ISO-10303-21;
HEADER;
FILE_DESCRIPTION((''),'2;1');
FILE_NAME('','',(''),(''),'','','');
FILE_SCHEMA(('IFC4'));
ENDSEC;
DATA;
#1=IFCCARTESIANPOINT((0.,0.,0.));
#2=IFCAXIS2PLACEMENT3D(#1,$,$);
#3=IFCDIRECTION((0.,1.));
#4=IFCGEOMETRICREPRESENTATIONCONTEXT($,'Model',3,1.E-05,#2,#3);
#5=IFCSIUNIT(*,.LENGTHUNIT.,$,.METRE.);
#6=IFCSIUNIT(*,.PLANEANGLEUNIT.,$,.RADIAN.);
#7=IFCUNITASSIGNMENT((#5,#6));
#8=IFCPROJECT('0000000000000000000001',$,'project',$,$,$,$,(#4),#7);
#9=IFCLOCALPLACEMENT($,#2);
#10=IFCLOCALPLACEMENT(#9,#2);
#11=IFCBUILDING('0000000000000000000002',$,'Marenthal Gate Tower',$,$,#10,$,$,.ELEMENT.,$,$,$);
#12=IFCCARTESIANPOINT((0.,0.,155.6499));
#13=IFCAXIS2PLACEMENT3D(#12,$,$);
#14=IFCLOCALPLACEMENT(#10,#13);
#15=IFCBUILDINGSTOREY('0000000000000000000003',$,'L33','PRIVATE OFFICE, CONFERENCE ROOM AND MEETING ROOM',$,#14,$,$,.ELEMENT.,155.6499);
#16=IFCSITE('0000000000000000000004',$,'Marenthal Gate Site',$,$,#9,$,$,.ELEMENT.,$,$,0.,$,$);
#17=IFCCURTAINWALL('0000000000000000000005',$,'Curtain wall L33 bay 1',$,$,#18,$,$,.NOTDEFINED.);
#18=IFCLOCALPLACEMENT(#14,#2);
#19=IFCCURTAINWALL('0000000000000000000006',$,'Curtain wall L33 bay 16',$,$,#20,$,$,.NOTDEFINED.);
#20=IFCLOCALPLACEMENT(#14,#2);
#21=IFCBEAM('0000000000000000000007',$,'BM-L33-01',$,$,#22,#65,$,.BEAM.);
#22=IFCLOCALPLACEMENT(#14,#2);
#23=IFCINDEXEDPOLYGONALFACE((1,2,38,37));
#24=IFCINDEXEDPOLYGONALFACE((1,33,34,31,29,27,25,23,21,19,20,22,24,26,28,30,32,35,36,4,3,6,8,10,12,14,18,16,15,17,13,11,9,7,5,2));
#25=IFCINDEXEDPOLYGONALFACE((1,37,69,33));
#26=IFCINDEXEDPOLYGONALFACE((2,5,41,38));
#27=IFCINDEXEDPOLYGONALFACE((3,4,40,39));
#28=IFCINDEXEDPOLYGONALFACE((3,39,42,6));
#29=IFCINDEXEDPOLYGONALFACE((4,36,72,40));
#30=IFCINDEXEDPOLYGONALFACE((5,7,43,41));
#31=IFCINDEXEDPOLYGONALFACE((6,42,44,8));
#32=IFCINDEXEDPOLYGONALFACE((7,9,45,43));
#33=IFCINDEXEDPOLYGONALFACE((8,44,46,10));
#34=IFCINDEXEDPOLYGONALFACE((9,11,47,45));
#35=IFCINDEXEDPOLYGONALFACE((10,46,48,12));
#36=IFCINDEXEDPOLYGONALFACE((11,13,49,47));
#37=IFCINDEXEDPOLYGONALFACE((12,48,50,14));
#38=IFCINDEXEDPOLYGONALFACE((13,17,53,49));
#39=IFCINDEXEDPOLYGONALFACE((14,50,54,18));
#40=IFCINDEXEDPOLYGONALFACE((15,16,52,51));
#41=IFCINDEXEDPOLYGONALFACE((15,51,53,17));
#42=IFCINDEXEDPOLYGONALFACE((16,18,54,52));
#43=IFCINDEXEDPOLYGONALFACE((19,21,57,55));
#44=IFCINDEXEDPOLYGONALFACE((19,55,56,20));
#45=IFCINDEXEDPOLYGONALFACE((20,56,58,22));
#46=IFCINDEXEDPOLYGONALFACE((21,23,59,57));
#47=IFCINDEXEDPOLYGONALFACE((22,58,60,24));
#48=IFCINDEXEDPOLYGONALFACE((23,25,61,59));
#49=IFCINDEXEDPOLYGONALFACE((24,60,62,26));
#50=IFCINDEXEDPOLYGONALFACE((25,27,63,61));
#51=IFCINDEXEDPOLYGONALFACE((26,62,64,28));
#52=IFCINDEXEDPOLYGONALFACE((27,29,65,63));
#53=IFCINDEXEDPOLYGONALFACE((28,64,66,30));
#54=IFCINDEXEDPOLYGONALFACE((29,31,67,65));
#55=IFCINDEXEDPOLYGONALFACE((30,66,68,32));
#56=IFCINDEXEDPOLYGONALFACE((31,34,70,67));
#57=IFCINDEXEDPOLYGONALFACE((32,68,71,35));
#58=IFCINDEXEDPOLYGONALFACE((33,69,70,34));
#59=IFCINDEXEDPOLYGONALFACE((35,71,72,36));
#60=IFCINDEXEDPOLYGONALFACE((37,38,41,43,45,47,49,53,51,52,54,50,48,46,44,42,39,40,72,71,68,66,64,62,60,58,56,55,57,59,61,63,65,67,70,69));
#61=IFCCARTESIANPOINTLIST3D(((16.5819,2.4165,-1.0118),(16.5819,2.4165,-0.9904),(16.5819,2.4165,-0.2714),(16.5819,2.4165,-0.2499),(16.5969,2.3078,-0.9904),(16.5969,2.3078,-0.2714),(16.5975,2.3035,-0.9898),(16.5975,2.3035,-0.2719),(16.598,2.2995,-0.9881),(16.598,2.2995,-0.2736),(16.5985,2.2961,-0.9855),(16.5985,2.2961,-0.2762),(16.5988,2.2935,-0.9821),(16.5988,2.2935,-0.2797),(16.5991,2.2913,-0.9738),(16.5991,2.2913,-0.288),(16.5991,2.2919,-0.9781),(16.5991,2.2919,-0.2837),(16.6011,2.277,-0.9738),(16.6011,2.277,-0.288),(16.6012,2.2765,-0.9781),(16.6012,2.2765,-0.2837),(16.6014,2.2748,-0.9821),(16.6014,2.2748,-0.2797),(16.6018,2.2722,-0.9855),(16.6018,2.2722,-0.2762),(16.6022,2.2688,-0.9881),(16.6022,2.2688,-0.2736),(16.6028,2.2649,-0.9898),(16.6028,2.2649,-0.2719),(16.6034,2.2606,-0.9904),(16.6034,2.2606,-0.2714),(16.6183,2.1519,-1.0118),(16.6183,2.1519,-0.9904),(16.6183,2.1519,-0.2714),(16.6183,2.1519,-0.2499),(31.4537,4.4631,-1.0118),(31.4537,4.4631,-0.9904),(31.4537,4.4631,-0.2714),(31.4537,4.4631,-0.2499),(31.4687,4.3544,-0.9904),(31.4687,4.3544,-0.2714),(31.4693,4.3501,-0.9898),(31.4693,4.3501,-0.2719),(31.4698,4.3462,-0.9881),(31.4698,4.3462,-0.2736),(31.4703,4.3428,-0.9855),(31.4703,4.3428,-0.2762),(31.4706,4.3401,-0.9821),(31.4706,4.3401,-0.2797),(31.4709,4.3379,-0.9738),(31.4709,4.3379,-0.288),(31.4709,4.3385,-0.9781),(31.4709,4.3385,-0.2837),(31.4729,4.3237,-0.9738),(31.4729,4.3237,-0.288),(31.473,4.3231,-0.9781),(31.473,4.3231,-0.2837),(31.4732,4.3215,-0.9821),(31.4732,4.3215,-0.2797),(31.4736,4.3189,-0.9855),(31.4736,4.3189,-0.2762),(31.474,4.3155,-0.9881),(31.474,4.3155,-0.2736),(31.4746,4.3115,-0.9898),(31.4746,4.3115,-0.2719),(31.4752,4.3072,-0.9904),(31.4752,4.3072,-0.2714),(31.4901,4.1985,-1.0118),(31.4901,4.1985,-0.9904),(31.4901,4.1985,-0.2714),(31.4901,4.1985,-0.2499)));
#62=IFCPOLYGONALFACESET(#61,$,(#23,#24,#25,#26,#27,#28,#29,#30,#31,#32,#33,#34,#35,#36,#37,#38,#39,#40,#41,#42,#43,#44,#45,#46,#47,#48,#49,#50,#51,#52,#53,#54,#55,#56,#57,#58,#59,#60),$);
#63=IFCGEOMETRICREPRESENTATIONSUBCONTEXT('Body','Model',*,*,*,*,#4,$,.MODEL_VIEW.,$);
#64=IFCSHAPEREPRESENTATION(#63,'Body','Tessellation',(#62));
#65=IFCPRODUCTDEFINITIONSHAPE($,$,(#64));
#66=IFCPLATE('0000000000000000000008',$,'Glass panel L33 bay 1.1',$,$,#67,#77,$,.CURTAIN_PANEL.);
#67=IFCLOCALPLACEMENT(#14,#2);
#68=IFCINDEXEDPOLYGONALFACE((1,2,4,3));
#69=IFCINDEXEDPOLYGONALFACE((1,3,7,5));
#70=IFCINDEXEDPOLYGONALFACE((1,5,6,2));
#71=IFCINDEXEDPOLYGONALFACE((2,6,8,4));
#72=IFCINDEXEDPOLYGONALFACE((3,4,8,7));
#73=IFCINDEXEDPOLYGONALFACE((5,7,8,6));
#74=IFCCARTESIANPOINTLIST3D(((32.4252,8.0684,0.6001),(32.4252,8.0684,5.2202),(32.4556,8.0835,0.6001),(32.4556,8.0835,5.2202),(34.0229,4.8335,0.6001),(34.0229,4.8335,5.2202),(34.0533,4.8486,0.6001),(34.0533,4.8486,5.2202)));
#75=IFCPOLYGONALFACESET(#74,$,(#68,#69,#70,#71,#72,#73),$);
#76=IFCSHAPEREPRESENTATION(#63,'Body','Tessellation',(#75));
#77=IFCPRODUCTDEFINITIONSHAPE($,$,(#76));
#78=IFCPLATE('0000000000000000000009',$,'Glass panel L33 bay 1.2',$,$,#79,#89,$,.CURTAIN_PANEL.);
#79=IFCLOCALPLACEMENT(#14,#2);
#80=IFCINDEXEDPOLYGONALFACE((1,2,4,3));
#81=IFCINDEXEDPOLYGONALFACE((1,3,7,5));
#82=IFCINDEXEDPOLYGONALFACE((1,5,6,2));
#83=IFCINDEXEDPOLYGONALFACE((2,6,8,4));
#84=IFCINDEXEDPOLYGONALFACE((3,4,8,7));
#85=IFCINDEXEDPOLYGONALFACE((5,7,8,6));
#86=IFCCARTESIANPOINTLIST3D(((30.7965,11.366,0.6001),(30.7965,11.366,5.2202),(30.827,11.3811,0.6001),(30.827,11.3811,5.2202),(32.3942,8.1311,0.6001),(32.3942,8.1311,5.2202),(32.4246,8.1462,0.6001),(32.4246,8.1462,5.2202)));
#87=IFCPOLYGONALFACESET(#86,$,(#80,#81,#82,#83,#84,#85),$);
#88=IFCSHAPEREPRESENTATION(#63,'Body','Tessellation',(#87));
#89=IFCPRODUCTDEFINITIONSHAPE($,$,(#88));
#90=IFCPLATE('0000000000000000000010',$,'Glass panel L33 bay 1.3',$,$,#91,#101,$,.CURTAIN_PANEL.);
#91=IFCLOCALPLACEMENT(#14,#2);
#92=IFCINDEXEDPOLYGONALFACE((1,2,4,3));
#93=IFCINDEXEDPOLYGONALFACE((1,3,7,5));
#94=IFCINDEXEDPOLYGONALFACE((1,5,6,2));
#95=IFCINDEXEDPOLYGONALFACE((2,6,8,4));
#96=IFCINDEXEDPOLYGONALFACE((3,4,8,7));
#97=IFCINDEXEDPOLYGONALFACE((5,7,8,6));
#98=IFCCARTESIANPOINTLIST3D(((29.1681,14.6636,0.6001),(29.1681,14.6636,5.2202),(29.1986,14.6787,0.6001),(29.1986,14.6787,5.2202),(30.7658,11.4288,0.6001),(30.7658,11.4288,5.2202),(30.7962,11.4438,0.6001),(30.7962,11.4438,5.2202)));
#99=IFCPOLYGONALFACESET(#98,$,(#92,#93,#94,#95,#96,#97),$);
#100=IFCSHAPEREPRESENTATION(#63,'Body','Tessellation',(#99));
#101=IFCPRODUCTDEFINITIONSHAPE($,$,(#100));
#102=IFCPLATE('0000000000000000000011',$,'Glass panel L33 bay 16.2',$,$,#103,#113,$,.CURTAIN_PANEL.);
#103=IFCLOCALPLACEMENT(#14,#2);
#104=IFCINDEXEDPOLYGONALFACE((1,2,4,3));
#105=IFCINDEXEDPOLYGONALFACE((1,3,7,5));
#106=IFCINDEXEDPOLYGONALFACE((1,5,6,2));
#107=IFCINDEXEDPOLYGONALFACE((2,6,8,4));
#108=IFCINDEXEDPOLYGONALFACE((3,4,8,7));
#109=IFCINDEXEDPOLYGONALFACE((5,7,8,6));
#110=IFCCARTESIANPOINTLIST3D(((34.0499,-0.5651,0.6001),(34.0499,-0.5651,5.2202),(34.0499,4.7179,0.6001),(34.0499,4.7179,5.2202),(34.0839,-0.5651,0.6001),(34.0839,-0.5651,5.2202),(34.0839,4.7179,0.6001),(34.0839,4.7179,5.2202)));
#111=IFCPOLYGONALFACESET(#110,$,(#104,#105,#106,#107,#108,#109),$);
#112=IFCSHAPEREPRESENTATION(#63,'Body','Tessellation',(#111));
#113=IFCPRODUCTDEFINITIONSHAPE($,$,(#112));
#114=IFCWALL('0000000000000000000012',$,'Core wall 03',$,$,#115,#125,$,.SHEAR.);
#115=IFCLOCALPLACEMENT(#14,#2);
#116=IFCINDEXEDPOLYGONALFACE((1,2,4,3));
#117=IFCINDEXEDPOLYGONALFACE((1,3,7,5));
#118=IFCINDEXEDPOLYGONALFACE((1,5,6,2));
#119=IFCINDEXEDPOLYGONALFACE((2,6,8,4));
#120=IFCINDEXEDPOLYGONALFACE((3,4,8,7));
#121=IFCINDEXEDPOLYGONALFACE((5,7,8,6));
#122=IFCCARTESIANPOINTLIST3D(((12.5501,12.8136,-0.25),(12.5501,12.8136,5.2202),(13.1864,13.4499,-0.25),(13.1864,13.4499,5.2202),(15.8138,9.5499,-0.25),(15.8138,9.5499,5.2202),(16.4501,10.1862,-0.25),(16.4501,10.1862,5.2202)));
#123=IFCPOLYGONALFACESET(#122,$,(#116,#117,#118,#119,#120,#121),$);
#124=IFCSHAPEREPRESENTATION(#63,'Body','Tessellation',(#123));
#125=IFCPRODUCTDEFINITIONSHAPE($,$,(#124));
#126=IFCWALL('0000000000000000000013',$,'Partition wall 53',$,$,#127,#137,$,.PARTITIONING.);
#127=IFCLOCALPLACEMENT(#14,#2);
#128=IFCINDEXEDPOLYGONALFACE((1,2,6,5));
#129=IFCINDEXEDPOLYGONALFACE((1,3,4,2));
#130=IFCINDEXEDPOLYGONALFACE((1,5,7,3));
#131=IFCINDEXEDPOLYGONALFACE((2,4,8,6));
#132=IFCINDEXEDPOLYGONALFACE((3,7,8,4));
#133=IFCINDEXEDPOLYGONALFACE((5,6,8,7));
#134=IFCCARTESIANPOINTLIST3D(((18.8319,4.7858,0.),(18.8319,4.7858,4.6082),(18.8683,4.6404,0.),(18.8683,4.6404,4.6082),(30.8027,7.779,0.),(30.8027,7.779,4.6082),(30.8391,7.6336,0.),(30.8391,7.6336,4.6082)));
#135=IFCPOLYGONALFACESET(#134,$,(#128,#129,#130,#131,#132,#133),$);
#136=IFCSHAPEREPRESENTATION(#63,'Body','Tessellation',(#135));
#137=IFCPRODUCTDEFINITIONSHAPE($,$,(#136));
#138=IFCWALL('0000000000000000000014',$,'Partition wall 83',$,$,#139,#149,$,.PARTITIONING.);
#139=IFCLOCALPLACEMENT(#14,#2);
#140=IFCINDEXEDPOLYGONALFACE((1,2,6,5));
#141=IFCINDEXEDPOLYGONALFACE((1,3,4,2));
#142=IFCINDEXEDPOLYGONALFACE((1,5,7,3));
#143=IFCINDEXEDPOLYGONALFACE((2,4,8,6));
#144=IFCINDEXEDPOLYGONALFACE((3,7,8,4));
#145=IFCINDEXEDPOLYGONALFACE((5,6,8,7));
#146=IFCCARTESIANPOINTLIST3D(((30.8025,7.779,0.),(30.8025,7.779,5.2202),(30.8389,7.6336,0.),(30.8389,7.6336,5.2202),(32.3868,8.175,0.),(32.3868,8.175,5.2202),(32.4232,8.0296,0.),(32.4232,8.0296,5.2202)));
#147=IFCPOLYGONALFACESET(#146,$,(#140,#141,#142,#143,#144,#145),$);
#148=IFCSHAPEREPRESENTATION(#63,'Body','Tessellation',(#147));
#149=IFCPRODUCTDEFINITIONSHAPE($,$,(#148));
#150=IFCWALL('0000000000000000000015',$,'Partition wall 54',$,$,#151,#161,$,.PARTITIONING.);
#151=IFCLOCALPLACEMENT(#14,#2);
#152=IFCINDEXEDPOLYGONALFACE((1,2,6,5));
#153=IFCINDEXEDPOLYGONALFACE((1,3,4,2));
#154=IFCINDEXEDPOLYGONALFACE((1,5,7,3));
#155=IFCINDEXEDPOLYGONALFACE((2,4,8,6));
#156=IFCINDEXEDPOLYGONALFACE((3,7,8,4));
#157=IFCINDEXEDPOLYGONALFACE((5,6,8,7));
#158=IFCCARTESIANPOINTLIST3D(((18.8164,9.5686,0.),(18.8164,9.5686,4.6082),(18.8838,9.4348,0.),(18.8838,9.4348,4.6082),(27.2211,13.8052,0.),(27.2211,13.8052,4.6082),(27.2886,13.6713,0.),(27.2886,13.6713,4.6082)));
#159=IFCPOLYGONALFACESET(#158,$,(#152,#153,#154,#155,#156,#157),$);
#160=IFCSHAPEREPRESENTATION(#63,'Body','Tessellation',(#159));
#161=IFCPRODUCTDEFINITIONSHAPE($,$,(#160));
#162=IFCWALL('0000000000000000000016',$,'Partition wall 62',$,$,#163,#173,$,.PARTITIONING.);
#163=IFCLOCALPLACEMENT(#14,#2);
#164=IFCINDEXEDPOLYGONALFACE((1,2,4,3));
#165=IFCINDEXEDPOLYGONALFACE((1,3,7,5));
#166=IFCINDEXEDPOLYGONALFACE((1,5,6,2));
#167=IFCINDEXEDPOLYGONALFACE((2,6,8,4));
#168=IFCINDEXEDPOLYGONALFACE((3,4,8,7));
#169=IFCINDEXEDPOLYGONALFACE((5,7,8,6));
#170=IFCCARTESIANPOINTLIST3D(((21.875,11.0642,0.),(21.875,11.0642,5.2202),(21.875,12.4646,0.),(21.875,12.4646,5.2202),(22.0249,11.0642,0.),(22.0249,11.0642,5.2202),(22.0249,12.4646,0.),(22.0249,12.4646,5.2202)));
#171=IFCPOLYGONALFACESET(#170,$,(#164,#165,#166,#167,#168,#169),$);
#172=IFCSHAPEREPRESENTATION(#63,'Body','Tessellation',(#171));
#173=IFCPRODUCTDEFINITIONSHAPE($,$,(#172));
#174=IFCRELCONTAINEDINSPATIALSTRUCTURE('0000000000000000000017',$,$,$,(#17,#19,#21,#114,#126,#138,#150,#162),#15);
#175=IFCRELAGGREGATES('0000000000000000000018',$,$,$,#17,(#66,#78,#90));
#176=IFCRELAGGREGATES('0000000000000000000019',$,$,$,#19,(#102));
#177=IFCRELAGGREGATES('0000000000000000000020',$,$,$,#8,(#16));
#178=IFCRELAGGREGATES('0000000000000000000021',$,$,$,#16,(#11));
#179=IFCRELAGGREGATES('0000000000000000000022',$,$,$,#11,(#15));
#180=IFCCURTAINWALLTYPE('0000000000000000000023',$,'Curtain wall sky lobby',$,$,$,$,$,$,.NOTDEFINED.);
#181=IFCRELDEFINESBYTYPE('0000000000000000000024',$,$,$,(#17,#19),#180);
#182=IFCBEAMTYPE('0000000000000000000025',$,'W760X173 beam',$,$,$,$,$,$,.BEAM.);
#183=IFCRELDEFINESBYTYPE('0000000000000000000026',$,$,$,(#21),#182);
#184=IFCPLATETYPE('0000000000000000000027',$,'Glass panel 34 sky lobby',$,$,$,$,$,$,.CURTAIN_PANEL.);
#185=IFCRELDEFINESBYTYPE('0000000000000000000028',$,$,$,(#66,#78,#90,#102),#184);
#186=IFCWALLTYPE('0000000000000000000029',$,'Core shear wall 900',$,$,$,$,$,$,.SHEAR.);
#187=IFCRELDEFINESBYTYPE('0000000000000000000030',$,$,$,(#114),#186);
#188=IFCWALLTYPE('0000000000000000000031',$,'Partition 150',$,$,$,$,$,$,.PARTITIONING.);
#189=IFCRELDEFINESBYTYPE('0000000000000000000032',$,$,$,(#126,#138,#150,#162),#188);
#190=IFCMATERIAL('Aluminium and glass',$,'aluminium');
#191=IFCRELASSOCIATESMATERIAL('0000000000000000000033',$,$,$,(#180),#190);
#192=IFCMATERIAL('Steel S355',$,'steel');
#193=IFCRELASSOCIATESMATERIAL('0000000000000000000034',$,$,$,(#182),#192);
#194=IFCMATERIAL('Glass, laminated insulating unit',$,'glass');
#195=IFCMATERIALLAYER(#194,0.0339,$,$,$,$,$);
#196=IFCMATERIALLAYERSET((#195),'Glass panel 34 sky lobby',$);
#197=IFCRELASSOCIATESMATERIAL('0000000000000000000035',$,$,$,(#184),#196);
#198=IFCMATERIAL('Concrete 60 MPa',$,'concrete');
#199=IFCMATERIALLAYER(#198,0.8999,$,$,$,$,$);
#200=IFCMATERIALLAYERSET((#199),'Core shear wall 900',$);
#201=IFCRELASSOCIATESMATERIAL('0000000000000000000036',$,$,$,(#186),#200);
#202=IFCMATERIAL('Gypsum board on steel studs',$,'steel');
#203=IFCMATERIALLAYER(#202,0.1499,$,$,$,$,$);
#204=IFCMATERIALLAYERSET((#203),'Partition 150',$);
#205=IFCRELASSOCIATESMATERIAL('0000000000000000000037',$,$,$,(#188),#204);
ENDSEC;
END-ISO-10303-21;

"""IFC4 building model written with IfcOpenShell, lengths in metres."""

from ifc_helpers import new_model, si_unit, direction, frame, frame_2d, origin, origin_2d, place, context, subcontext, project, spatial, rectangle, i_section, extrude, material, layer, layer_set, material_profile, profile_set, type_object, element, aggregate, save


model = new_model("IFC4")

# Units and contexts
model_context = context("Model", 3, precision=1e-05, world=origin(), true_north=direction((0.0, 1.0)))
body_context = subcontext(model_context, "Body", "Model", "MODEL_VIEW")
ifc_project = project(units=[si_unit("LENGTHUNIT", "METRE"), si_unit("PLANEANGLEUNIT", "RADIAN")], contexts=[model_context])

# Site, building, storey
site_placement = place(None, origin())
site = spatial("IfcSite", under=ifc_project, at=site_placement, Name="Marenthal Gate Site", CompositionType="ELEMENT", RefElevation=0.0)
building_placement = place(site_placement, origin())
building = spatial("IfcBuilding", under=site, at=building_placement, Name="Marenthal Gate Tower", CompositionType="ELEMENT")
storey_placement = place(building_placement, frame((0.0, 0.0, 155.6499)))
storey = spatial("IfcBuildingStorey", under=building, at=storey_placement, Name="L33", Description="PRIVATE OFFICE, CONFERENCE ROOM AND MEETING ROOM", CompositionType="ELEMENT", Elevation=155.6499)

# Curtain wall
ifc_material_1 = material(Name="Aluminium and glass", Category="aluminium")
curtain_wall_type = type_object("IfcCurtainWallType", Name="Curtain wall sky lobby", PredefinedType="NOTDEFINED", material=ifc_material_1)
curtain_wall_1_placement = place(storey_placement, origin())
curtain_wall_1 = element("IfcCurtainWall", 1, at=curtain_wall_1_placement, inside=storey, type_object=curtain_wall_type, Name="Curtain wall L33 bay 1", PredefinedType="NOTDEFINED")

# Curtain wall
curtain_wall_2_placement = place(storey_placement, origin())
curtain_wall_2 = element("IfcCurtainWall", 2, at=curtain_wall_2_placement, inside=storey, type_object=curtain_wall_type, Name="Curtain wall L33 bay 16", PredefinedType="NOTDEFINED")

# Beam
ifc_material_2 = material(Name="Steel S355", Category="steel")
ifc_material_profile_1 = material_profile(ifc_material_2, i_section(OverallWidth=0.2671, OverallDepth=0.762, WebThickness=0.0144, FlangeThickness=0.0215, FilletRadius=0.0166, at=origin_2d()), Name="W760X173")
ifc_profile_set_1 = profile_set([ifc_material_profile_1], Name="Steel S355")
beam_type_1 = type_object("IfcBeamType", Name="W760X173 beam", PredefinedType="BEAM", material=ifc_profile_set_1)
beam_1_placement = place(storey_placement, frame((31.4719, 4.3308, -0.6309), z_axis=(-0.990663, -0.136333, 0.0), x_axis=(0.136333, -0.990663, 0.0)))
element("IfcBeam", 3, at=beam_1_placement, inside=storey, type_object=beam_type_1, Name="BM-L33-01", PredefinedType="BEAM", context=body_context, shape_type="SweptSolid", body=[
    extrude(i_section(OverallWidth=0.2671, OverallDepth=0.762, WebThickness=0.0144, FlangeThickness=0.0215, FilletRadius=0.0166, at=origin_2d()), origin(), (0.0, 0.0, 1.0), 15.012),
])

# Plates
ifc_material_3 = material(Name="Glass, laminated insulating unit", Category="glass")
ifc_layer_1 = layer(ifc_material_3, 0.0339)
ifc_layer_set_1 = layer_set([ifc_layer_1], Name="Glass panel 34 sky lobby")
plate_type = type_object("IfcPlateType", Name="Glass panel 34 sky lobby", PredefinedType="CURTAIN_PANEL", material=ifc_layer_set_1)
plate_1_placement = place(storey_placement, frame((33.2393, 6.4585, 0.6001), z_axis=(0.0, 0.0, 1.0), x_axis=(-0.442824, 0.896609, 0.0)))
plate_1 = element("IfcPlate", 4, at=plate_1_placement, type_object=plate_type, Name="Glass panel L33 bay 1.1", PredefinedType="CURTAIN_PANEL", context=body_context, shape_type="SweptSolid", body=[
    extrude(rectangle(XDim=3.6079, YDim=0.0339, at=origin_2d()), origin(), (0.0, 0.0, 1.0), 4.6201),
])
plate_2_placement = place(storey_placement, frame((31.6106, 9.7561, 0.6001), z_axis=(0.0, 0.0, 1.0), x_axis=(-0.442824, 0.896609, 0.0)))
plate_2 = element("IfcPlate", 5, at=plate_2_placement, type_object=plate_type, Name="Glass panel L33 bay 1.2", PredefinedType="CURTAIN_PANEL", context=body_context, shape_type="SweptSolid", body=[
    extrude(rectangle(XDim=3.6079, YDim=0.0339, at=origin_2d()), origin(), (0.0, 0.0, 1.0), 4.6201),
])
plate_3_placement = place(storey_placement, frame((29.9822, 13.0537, 0.6001), z_axis=(0.0, 0.0, 1.0), x_axis=(-0.442824, 0.896609, 0.0)))
plate_3 = element("IfcPlate", 6, at=plate_3_placement, type_object=plate_type, Name="Glass panel L33 bay 1.3", PredefinedType="CURTAIN_PANEL", context=body_context, shape_type="SweptSolid", body=[
    extrude(rectangle(XDim=3.6079, YDim=0.0339, at=origin_2d()), origin(), (0.0, 0.0, 1.0), 4.6201),
])
aggregate(curtain_wall_1, [plate_1, plate_2, plate_3])
plate_4_placement = place(storey_placement, frame((34.0669, 2.0764, 0.6001), z_axis=(0.0, 0.0, 1.0), x_axis=(0.0, 1.0, 0.0)))
plate_4 = element("IfcPlate", 7, at=plate_4_placement, type_object=plate_type, Name="Glass panel L33 bay 16.2", PredefinedType="CURTAIN_PANEL", context=body_context, shape_type="SweptSolid", body=[
    extrude(rectangle(XDim=5.283, YDim=0.0339, at=origin_2d()), origin(), (0.0, 0.0, 1.0), 4.6201),
])
aggregate(curtain_wall_2, [plate_4])

# Walls
ifc_material_4 = material(Name="Concrete 60 MPa", Category="concrete")
ifc_layer_2 = layer(ifc_material_4, 0.8999)
ifc_layer_set_2 = layer_set([ifc_layer_2], Name="Core shear wall 900")
wall_type_1 = type_object("IfcWallType", Name="Core shear wall 900", PredefinedType="SHEAR", material=ifc_layer_set_2)
wall_1_placement = place(storey_placement, frame((16.1318, 9.8682, -0.25), z_axis=(0.0, 0.0, 1.0), x_axis=(-0.707107, 0.707107, 0.0)))
element("IfcWall", 8, at=wall_1_placement, inside=storey, type_object=wall_type_1, Name="Core wall 03", PredefinedType="SHEAR", context=body_context, shape_type="SweptSolid", body=[
    extrude(rectangle(XDim=4.6155, YDim=0.8999, at=frame_2d((2.3076, 0.0))), origin(), (0.0, 0.0, 1.0), 5.4702),
])
ifc_material_5 = material(Name="Gypsum board on steel studs", Category="steel")
ifc_layer_3 = layer(ifc_material_5, 0.1499)
ifc_layer_set_3 = layer_set([ifc_layer_3], Name="Partition 150")
wall_type_2 = type_object("IfcWallType", Name="Partition 150", PredefinedType="PARTITIONING", material=ifc_layer_set_3)
wall_2_placement = place(storey_placement, frame((18.8501, 4.7131, 0.0), z_axis=(0.0, 0.0, 1.0), x_axis=(0.970133, 0.242573, 0.0)))
element("IfcWall", 9, at=wall_2_placement, inside=storey, type_object=wall_type_2, Name="Partition wall 53", PredefinedType="PARTITIONING", context=body_context, shape_type="SweptSolid", body=[
    extrude(rectangle(XDim=12.3394, YDim=0.1499, at=frame_2d((6.1697, 0.0))), origin(), (0.0, 0.0, 1.0), 4.6082),
])
wall_3_placement = place(storey_placement, frame((30.8208, 7.7063, 0.0), z_axis=(0.0, 0.0, 1.0), x_axis=(0.970151, 0.2425, 0.0)))
element("IfcWall", 10, at=wall_3_placement, inside=storey, type_object=wall_type_2, Name="Partition wall 83", PredefinedType="PARTITIONING", context=body_context, shape_type="SweptSolid", body=[
    extrude(rectangle(XDim=1.6331, YDim=0.1499, at=frame_2d((0.8164, 0.0))), origin(), (0.0, 0.0, 1.0), 5.2202),
])
wall_4_placement = place(storey_placement, frame((18.8501, 9.5017, 0.0), z_axis=(0.0, 0.0, 1.0), x_axis=(0.89297, 0.450116, 0.0)))
element("IfcWall", 11, at=wall_4_placement, inside=storey, type_object=wall_type_2, Name="Partition wall 54", PredefinedType="PARTITIONING", context=body_context, shape_type="SweptSolid", body=[
    extrude(rectangle(XDim=9.4121, YDim=0.1499, at=frame_2d((4.7061, 0.0))), origin(), (0.0, 0.0, 1.0), 4.6082),
])
wall_5_placement = place(storey_placement, frame((21.95, 11.0642, 0.0), z_axis=(0.0, 0.0, 1.0), x_axis=(0.0, 1.0, 0.0)))
element("IfcWall", 12, at=wall_5_placement, inside=storey, type_object=wall_type_2, Name="Partition wall 62", PredefinedType="PARTITIONING", context=body_context, shape_type="SweptSolid", body=[
    extrude(rectangle(XDim=1.4004, YDim=0.1499, at=frame_2d((0.7002, 0.0))), origin(), (0.0, 0.0, 1.0), 5.2202),
])

save(model, "model.ifc")
